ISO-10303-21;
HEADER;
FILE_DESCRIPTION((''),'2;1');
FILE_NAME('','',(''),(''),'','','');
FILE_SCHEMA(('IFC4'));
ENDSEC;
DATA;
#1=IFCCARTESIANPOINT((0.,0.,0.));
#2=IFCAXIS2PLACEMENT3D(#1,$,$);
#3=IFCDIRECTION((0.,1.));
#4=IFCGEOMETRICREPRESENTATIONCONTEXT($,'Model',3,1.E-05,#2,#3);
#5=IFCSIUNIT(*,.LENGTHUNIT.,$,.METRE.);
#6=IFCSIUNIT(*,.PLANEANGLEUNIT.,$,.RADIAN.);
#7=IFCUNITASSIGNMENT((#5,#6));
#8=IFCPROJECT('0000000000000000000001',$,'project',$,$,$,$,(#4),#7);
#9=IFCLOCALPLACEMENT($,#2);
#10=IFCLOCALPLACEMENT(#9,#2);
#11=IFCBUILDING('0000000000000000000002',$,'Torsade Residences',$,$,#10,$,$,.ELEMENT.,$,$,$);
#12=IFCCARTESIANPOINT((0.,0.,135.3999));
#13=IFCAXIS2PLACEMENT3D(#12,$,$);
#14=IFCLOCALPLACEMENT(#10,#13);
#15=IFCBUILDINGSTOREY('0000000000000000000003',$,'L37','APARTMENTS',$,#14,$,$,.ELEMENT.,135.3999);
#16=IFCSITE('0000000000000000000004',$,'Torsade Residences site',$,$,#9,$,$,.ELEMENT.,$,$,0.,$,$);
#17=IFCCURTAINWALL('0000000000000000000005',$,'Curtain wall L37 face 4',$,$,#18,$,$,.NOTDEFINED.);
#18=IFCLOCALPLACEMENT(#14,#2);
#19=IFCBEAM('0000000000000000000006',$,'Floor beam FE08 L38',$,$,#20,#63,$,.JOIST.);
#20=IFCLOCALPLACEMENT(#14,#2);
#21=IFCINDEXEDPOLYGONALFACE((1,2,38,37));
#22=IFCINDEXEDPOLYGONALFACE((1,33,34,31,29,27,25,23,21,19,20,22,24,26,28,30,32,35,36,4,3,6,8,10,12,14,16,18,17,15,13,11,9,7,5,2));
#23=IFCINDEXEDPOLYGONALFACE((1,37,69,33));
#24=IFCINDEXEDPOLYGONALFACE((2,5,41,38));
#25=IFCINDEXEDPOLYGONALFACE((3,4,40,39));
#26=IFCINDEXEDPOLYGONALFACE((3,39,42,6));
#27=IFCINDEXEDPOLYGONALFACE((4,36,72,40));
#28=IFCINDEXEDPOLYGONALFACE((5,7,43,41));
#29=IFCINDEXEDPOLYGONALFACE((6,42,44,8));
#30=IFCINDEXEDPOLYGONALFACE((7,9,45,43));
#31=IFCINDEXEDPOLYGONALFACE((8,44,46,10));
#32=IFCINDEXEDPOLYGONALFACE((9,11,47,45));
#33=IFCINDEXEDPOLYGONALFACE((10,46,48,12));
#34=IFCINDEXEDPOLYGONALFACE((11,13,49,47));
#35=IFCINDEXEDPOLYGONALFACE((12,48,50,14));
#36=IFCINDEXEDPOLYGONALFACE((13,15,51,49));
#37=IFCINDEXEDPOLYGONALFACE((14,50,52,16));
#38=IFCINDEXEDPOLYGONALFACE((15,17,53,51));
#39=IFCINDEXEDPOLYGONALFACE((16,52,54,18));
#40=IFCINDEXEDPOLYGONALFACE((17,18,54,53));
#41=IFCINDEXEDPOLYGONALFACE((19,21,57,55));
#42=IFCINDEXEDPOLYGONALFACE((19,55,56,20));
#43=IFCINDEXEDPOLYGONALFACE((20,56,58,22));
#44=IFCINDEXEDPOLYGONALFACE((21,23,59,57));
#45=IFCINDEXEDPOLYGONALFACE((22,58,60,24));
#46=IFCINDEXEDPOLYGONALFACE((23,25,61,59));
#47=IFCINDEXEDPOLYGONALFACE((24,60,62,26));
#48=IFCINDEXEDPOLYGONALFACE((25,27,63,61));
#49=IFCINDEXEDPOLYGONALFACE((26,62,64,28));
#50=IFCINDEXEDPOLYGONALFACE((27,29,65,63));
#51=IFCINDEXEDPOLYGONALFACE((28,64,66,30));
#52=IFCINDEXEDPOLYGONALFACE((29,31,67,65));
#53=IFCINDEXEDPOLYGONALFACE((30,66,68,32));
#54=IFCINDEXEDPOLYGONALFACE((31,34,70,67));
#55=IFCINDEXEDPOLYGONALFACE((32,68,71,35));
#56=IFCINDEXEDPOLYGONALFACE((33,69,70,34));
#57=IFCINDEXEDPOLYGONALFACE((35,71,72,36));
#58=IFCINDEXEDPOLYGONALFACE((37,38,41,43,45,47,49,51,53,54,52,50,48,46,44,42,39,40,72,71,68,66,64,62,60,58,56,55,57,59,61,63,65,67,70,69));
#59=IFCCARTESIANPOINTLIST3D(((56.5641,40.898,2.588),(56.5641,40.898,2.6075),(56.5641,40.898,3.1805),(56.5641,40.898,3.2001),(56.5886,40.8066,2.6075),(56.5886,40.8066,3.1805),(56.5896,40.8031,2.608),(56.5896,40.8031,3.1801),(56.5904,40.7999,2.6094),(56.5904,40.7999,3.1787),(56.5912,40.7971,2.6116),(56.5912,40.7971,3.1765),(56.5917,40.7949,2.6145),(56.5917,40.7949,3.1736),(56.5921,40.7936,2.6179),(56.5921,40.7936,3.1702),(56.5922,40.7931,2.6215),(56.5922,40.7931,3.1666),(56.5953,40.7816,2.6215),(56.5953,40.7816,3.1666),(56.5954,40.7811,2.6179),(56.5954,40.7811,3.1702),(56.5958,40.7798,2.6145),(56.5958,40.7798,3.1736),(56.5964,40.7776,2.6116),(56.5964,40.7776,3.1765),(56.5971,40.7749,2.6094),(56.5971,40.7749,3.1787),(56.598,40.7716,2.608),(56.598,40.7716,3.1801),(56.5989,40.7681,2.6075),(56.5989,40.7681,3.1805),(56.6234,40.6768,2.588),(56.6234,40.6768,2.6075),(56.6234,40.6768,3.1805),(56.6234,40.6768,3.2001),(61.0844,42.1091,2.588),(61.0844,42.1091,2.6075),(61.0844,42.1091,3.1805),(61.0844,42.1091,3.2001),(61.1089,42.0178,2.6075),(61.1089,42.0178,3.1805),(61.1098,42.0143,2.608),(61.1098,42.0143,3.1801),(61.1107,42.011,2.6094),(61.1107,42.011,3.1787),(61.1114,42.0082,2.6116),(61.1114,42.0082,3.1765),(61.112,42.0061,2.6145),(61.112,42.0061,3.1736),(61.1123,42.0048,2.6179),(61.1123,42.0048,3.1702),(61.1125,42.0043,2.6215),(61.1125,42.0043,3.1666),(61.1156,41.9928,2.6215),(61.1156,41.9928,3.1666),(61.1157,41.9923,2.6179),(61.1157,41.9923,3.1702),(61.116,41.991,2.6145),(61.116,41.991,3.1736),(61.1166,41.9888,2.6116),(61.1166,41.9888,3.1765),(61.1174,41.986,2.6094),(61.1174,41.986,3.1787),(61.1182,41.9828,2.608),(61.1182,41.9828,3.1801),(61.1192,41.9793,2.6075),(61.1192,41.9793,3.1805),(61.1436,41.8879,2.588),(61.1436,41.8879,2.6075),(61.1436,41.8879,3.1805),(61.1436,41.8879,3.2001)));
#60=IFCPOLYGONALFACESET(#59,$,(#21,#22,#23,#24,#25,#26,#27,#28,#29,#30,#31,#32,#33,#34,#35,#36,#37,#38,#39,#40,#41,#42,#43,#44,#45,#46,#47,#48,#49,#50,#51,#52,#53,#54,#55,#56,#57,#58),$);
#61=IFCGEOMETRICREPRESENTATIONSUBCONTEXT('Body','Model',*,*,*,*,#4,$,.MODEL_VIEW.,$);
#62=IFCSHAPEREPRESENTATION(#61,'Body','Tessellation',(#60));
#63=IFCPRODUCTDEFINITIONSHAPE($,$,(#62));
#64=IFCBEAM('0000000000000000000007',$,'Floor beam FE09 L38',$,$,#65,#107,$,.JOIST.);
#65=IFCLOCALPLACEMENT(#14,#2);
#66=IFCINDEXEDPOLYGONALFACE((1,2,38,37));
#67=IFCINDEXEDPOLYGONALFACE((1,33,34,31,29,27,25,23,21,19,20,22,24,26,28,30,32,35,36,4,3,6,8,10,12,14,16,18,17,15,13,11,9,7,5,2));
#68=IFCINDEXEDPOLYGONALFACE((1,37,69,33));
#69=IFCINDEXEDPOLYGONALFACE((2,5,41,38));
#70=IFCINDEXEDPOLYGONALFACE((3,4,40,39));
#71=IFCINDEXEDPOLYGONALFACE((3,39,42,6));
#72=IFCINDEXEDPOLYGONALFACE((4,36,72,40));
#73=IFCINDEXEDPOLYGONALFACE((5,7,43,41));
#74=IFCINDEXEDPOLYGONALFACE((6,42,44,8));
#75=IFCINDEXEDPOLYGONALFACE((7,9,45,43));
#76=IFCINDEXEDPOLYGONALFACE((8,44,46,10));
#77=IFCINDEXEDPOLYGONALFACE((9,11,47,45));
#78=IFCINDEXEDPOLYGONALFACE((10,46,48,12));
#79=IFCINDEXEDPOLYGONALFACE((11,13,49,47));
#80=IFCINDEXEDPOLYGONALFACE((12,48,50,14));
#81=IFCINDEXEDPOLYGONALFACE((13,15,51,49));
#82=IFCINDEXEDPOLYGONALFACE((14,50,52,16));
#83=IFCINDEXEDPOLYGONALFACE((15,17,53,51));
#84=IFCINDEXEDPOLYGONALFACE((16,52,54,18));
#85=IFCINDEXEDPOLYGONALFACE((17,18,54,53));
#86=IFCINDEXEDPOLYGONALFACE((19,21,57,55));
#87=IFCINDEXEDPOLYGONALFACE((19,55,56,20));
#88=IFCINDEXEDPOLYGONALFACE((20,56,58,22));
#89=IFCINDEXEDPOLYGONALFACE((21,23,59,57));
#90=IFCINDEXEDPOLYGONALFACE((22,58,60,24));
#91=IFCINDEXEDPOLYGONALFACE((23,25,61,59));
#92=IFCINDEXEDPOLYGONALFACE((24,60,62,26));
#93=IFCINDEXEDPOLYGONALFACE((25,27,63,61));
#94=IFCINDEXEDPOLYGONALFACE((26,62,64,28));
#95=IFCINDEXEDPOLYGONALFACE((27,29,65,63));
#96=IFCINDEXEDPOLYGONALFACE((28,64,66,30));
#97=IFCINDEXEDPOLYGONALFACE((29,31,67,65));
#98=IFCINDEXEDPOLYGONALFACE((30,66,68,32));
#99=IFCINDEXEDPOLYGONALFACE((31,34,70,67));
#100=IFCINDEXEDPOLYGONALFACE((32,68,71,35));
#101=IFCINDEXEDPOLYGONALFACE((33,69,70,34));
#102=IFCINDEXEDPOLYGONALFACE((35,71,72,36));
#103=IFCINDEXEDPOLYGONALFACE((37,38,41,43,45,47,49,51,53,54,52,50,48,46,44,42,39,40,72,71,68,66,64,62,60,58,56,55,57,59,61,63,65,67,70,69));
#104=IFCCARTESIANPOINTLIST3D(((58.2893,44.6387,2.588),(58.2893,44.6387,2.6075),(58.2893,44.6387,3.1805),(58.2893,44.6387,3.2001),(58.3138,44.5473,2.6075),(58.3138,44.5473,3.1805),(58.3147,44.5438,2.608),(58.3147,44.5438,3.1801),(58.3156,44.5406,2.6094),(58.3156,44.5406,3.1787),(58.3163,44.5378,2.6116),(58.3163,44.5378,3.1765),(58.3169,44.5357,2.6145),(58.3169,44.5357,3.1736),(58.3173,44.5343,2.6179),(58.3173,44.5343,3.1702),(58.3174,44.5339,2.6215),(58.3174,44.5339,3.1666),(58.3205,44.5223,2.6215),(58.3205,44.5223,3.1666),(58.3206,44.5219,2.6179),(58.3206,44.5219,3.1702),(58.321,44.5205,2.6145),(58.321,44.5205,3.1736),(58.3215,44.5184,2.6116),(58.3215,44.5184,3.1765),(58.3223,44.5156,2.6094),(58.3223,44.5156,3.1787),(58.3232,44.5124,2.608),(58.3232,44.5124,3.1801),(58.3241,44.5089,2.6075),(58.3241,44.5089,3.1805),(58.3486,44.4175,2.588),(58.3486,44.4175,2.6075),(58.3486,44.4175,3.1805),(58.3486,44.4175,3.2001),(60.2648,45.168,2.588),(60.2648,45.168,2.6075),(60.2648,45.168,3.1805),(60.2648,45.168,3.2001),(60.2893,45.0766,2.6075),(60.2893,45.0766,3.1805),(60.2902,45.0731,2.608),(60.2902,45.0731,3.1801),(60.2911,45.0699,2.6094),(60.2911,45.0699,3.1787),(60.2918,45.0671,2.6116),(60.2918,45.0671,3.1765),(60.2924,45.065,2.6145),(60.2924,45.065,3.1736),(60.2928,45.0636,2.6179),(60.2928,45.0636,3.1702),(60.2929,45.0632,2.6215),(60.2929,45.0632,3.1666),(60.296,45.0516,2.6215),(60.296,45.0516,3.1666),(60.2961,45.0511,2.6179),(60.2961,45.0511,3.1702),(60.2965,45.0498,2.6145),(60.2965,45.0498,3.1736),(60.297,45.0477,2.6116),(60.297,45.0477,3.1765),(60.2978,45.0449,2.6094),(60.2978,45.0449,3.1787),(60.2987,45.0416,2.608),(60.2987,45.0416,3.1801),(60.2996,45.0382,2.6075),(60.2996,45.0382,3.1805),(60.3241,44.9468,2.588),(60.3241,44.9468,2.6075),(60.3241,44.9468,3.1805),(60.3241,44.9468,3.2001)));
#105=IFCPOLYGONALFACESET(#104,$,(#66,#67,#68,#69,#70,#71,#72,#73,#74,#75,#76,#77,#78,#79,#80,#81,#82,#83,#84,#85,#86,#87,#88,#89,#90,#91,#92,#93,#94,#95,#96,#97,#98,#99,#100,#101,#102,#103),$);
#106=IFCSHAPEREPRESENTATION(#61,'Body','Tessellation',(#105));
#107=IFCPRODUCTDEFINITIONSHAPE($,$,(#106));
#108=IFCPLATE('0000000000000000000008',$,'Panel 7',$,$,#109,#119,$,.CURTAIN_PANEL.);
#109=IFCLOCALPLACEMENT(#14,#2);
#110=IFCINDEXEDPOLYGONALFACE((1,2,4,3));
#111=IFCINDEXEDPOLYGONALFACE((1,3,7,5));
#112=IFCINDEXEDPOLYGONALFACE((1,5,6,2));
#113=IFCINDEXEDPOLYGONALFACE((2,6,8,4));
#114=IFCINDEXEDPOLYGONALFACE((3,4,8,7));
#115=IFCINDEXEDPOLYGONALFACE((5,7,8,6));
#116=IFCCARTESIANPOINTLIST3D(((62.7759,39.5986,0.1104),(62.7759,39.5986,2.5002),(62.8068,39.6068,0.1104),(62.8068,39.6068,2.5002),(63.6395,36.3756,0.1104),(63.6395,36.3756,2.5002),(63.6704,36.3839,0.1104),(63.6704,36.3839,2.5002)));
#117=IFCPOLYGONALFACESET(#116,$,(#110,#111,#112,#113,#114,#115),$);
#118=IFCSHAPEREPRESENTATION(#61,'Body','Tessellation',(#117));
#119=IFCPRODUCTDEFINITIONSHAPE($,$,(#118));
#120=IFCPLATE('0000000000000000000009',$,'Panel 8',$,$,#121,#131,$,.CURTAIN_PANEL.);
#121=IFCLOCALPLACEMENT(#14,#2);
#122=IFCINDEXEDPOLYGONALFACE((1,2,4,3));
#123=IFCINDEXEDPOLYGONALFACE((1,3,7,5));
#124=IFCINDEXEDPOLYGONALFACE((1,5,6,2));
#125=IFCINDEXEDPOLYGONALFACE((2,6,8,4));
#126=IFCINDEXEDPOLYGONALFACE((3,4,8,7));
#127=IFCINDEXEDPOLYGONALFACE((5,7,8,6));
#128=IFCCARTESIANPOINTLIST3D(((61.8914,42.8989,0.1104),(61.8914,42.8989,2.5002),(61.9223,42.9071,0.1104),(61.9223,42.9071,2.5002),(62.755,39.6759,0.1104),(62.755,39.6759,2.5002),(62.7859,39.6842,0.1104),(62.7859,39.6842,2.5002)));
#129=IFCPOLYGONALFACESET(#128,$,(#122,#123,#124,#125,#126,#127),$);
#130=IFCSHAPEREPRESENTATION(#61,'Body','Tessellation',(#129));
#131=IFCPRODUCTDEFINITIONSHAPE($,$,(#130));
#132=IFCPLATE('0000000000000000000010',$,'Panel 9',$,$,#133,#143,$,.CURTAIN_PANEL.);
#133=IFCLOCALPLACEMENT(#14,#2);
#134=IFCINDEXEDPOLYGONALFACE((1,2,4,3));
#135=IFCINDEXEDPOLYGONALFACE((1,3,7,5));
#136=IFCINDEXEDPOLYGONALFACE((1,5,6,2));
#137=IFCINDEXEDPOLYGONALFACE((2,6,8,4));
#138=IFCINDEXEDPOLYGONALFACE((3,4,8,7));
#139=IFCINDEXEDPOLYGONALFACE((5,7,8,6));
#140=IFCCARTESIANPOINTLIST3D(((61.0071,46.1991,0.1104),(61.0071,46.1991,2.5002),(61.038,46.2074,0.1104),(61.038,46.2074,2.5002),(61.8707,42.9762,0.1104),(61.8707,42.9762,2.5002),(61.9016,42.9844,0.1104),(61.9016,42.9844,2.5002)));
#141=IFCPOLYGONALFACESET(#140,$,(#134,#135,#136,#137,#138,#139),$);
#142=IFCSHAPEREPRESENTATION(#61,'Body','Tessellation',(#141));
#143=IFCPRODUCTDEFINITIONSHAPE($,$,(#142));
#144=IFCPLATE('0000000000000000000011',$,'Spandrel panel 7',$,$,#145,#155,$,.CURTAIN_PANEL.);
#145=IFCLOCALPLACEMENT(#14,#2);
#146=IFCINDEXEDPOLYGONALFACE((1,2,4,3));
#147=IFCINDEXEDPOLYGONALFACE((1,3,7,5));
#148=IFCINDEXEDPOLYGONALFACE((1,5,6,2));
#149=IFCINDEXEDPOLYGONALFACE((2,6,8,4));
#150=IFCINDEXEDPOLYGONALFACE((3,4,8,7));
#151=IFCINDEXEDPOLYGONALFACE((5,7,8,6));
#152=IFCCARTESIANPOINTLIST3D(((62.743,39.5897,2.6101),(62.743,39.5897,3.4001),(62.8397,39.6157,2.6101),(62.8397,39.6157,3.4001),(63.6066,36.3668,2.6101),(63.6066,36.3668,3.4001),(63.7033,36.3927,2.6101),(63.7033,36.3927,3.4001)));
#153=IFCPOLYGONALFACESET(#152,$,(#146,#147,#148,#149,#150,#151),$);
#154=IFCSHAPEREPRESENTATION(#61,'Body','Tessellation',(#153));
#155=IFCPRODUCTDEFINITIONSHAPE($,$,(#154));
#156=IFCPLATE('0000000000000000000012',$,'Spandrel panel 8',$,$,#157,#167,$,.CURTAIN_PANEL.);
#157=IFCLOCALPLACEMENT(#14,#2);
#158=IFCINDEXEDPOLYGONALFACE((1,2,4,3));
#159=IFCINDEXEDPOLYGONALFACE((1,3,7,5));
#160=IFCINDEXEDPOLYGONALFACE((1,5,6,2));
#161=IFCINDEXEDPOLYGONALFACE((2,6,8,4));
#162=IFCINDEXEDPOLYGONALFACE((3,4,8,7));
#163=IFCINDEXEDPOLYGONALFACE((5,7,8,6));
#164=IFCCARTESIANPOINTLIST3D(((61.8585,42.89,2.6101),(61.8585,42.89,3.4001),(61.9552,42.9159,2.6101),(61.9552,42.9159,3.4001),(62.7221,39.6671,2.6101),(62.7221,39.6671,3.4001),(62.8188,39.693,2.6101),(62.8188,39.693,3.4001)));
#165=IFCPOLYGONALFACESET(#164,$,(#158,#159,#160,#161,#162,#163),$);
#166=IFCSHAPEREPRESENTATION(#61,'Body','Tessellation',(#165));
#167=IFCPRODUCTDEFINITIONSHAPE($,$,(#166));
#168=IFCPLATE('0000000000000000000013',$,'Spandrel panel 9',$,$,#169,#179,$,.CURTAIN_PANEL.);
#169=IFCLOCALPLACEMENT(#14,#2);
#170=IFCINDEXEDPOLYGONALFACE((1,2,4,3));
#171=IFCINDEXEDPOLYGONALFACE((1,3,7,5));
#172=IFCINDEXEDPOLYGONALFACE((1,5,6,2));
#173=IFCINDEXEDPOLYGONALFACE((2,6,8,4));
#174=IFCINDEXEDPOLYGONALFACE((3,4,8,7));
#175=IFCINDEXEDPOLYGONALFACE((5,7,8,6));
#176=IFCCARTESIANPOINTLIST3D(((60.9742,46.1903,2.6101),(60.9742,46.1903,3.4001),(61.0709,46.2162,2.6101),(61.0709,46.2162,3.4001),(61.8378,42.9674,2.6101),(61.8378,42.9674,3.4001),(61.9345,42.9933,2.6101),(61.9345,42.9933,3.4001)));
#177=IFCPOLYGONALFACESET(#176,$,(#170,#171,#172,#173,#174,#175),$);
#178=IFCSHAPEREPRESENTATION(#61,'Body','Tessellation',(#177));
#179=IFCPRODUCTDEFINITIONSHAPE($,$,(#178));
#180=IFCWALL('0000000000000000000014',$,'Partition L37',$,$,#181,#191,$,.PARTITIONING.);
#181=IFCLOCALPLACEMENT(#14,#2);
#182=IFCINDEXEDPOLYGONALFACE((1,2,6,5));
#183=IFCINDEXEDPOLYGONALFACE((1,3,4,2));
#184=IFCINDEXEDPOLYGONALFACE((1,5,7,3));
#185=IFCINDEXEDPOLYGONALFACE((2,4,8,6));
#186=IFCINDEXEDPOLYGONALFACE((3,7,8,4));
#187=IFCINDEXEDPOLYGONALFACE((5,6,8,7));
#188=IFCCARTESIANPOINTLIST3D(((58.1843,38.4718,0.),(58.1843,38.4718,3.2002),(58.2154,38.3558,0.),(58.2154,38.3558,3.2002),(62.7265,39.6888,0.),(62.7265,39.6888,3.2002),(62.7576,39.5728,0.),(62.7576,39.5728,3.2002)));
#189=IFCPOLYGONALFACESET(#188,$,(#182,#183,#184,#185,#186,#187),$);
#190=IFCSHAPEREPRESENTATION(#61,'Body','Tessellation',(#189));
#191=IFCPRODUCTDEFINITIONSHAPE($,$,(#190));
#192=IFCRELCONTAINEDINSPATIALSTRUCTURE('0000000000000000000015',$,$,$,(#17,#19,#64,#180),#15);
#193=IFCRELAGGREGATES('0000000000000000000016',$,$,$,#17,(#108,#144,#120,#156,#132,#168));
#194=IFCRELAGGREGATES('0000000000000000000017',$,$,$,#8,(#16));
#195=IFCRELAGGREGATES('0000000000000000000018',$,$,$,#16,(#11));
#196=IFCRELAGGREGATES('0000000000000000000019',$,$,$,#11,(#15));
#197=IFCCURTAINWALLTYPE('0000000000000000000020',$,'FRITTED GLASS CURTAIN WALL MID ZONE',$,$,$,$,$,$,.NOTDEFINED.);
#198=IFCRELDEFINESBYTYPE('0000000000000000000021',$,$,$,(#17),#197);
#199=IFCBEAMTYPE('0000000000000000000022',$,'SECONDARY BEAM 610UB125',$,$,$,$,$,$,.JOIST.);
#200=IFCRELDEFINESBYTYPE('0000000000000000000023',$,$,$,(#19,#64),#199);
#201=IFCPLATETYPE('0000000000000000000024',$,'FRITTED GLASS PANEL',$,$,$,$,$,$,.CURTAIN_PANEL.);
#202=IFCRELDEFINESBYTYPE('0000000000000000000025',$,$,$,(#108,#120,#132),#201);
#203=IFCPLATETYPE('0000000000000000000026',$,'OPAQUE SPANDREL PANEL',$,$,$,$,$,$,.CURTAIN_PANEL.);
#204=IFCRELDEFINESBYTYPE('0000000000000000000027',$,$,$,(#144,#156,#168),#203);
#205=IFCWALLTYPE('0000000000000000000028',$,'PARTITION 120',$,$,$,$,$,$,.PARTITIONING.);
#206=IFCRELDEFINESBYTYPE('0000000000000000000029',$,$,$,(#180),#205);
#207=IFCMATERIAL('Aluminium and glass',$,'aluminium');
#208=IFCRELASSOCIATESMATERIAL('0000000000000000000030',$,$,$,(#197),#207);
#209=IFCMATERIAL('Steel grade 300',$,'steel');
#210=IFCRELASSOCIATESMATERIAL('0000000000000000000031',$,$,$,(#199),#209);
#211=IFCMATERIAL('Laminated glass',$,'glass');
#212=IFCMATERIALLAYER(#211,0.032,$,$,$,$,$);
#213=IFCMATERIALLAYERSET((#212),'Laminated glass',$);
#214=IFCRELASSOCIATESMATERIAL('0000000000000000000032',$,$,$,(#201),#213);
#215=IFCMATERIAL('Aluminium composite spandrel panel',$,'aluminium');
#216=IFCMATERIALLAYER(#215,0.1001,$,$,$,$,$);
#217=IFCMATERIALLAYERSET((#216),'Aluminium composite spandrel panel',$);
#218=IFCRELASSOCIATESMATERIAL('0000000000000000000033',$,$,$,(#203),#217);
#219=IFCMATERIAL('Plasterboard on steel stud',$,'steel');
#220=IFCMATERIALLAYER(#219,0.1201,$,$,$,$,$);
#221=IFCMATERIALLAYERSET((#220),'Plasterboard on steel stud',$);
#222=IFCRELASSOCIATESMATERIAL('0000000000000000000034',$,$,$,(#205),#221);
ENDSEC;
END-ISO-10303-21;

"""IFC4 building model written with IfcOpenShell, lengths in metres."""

from ifc_helpers import new_model, si_unit, direction, frame, frame_2d, origin, origin_2d, place, context, subcontext, project, spatial, rectangle, i_section, extrude, material, layer, layer_set, material_profile, profile_set, type_object, element, aggregate, save


model = new_model("IFC4")

# Units and contexts
model_context = context("Model", 3, precision=1e-05, world=origin(), true_north=direction((0.0, 1.0)))
body_context = subcontext(model_context, "Body", "Model", "MODEL_VIEW")
ifc_project = project(units=[si_unit("LENGTHUNIT", "METRE"), si_unit("PLANEANGLEUNIT", "RADIAN")], contexts=[model_context])

# Site, building, storey
site_placement = place(None, origin())
site = spatial("IfcSite", under=ifc_project, at=site_placement, Name="Torsade Residences site", CompositionType="ELEMENT", RefElevation=0.0)
building_placement = place(site_placement, origin())
building = spatial("IfcBuilding", under=site, at=building_placement, Name="Torsade Residences", CompositionType="ELEMENT")
storey_placement = place(building_placement, frame((0.0, 0.0, 135.3999)))
storey = spatial("IfcBuildingStorey", under=building, at=storey_placement, Name="L37", Description="APARTMENTS", CompositionType="ELEMENT", Elevation=135.3999)

# Curtain wall
ifc_material_1 = material(Name="Aluminium and glass", Category="aluminium")
curtain_wall_type = type_object("IfcCurtainWallType", Name="FRITTED GLASS CURTAIN WALL MID ZONE", PredefinedType="NOTDEFINED", material=ifc_material_1)
curtain_wall_placement = place(storey_placement, origin())
curtain_wall = element("IfcCurtainWall", 1, at=curtain_wall_placement, inside=storey, type_object=curtain_wall_type, Name="Curtain wall L37 face 4", PredefinedType="NOTDEFINED")

# Beams
ifc_material_2 = material(Name="Steel grade 300", Category="steel")
ifc_material_profile_1 = material_profile(ifc_material_2, i_section(OverallWidth=0.229, OverallDepth=0.6121, WebThickness=0.012, FlangeThickness=0.0195, FilletRadius=0.0139, at=origin_2d()), Name="610UB125")
ifc_profile_set_1 = profile_set([ifc_material_profile_1], Name="Steel grade 300")
beam_type = type_object("IfcBeamType", Name="SECONDARY BEAM 610UB125", PredefinedType="JOIST", material=ifc_profile_set_1)
beam_1_placement = place(storey_placement, frame((61.114, 41.9985, 2.894), z_axis=(-0.965927, -0.258815, 0.0), x_axis=(0.258815, -0.965927, 0.0)))
element("IfcBeam", 2, at=beam_1_placement, inside=storey, type_object=beam_type, Name="Floor beam FE08 L38", PredefinedType="JOIST", context=body_context, shape_type="SweptSolid", body=[
    extrude(i_section(OverallWidth=0.229, OverallDepth=0.6121, WebThickness=0.012, FlangeThickness=0.0195, FilletRadius=0.0139, at=origin_2d()), origin(), (0.0, 0.0, 1.0), 4.6797),
])
beam_2_placement = place(storey_placement, frame((60.2944, 45.0574, 2.894), z_axis=(-0.965933, -0.258792, 0.0), x_axis=(0.258792, -0.965933, 0.0)))
element("IfcBeam", 3, at=beam_2_placement, inside=storey, type_object=beam_type, Name="Floor beam FE09 L38", PredefinedType="JOIST", context=body_context, shape_type="SweptSolid", body=[
    extrude(i_section(OverallWidth=0.229, OverallDepth=0.6121, WebThickness=0.012, FlangeThickness=0.0195, FilletRadius=0.0139, at=origin_2d()), origin(), (0.0, 0.0, 1.0), 2.0452),
])

# Plates
ifc_material_3 = material(Name="Laminated glass", Category="glass")
ifc_layer_1 = layer(ifc_material_3, 0.032)
ifc_layer_set_1 = layer_set([ifc_layer_1], Name="Laminated glass")
plate_type_1 = type_object("IfcPlateType", Name="FRITTED GLASS PANEL", PredefinedType="CURTAIN_PANEL", material=ifc_layer_set_1)
plate_1_placement = place(storey_placement, frame((63.2231, 37.9912, 0.1104), z_axis=(0.0, 0.0, 1.0), x_axis=(-0.258819, 0.965926, 0.0)))
plate_1 = element("IfcPlate", 4, at=plate_1_placement, type_object=plate_type_1, Name="Panel 7", PredefinedType="CURTAIN_PANEL", context=body_context, shape_type="SweptSolid", body=[
    extrude(rectangle(XDim=3.3367, YDim=0.032, at=origin_2d()), origin(), (0.0, 0.0, 1.0), 2.3899),
])
plate_2_placement = place(storey_placement, frame((62.3386, 41.2915, 0.1104), z_axis=(0.0, 0.0, 1.0), x_axis=(-0.258819, 0.965926, 0.0)))
plate_2 = element("IfcPlate", 5, at=plate_2_placement, type_object=plate_type_1, Name="Panel 8", PredefinedType="CURTAIN_PANEL", context=body_context, shape_type="SweptSolid", body=[
    extrude(rectangle(XDim=3.3367, YDim=0.032, at=origin_2d()), origin(), (0.0, 0.0, 1.0), 2.3899),
])
plate_3_placement = place(storey_placement, frame((61.4543, 44.5918, 0.1104), z_axis=(0.0, 0.0, 1.0), x_axis=(-0.258819, 0.965926, 0.0)))
plate_3 = element("IfcPlate", 6, at=plate_3_placement, type_object=plate_type_1, Name="Panel 9", PredefinedType="CURTAIN_PANEL", context=body_context, shape_type="SweptSolid", body=[
    extrude(rectangle(XDim=3.3367, YDim=0.032, at=origin_2d()), origin(), (0.0, 0.0, 1.0), 2.3899),
])
ifc_material_4 = material(Name="Aluminium composite spandrel panel", Category="aluminium")
ifc_layer_2 = layer(ifc_material_4, 0.1001)
ifc_layer_set_2 = layer_set([ifc_layer_2], Name="Aluminium composite spandrel panel")
plate_type_2 = type_object("IfcPlateType", Name="OPAQUE SPANDREL PANEL", PredefinedType="CURTAIN_PANEL", material=ifc_layer_set_2)
plate_4_placement = place(storey_placement, frame((63.2231, 37.9912, 2.6101), z_axis=(0.0, 0.0, 1.0), x_axis=(-0.258819, 0.965926, 0.0)))
plate_4 = element("IfcPlate", 7, at=plate_4_placement, type_object=plate_type_2, Name="Spandrel panel 7", PredefinedType="CURTAIN_PANEL", context=body_context, shape_type="SweptSolid", body=[
    extrude(rectangle(XDim=3.3367, YDim=0.1001, at=origin_2d()), origin(), (0.0, 0.0, 1.0), 0.79),
])
plate_5_placement = place(storey_placement, frame((62.3386, 41.2915, 2.6101), z_axis=(0.0, 0.0, 1.0), x_axis=(-0.258819, 0.965926, 0.0)))
plate_5 = element("IfcPlate", 8, at=plate_5_placement, type_object=plate_type_2, Name="Spandrel panel 8", PredefinedType="CURTAIN_PANEL", context=body_context, shape_type="SweptSolid", body=[
    extrude(rectangle(XDim=3.3367, YDim=0.1001, at=origin_2d()), origin(), (0.0, 0.0, 1.0), 0.79),
])
plate_6_placement = place(storey_placement, frame((61.4543, 44.5918, 2.6101), z_axis=(0.0, 0.0, 1.0), x_axis=(-0.258819, 0.965926, 0.0)))
plate_6 = element("IfcPlate", 9, at=plate_6_placement, type_object=plate_type_2, Name="Spandrel panel 9", PredefinedType="CURTAIN_PANEL", context=body_context, shape_type="SweptSolid", body=[
    extrude(rectangle(XDim=3.3367, YDim=0.1001, at=origin_2d()), origin(), (0.0, 0.0, 1.0), 0.79),
])
aggregate(curtain_wall, [plate_1, plate_4, plate_2, plate_5, plate_3, plate_6])

# Wall
ifc_material_5 = material(Name="Plasterboard on steel stud", Category="steel")
ifc_layer_3 = layer(ifc_material_5, 0.1201)
ifc_layer_set_3 = layer_set([ifc_layer_3], Name="Plasterboard on steel stud")
wall_type_1 = type_object("IfcWallType", Name="PARTITION 120", PredefinedType="PARTITIONING", material=ifc_layer_set_3)
wall_1_placement = place(storey_placement, frame((58.2, 38.4138, 0.0), z_axis=(0.0, 0.0, 1.0), x_axis=(0.965928, 0.25881, 0.0)))
element("IfcWall", 10, at=wall_1_placement, inside=storey, type_object=wall_type_1, Name="Partition L37", PredefinedType="PARTITIONING", context=body_context, shape_type="SweptSolid", body=[
    extrude(rectangle(XDim=4.7024, YDim=0.1201, at=frame_2d((2.3511, 0.0))), origin(), (0.0, 0.0, 1.0), 3.2002),
])

save(model, "model.ifc")
